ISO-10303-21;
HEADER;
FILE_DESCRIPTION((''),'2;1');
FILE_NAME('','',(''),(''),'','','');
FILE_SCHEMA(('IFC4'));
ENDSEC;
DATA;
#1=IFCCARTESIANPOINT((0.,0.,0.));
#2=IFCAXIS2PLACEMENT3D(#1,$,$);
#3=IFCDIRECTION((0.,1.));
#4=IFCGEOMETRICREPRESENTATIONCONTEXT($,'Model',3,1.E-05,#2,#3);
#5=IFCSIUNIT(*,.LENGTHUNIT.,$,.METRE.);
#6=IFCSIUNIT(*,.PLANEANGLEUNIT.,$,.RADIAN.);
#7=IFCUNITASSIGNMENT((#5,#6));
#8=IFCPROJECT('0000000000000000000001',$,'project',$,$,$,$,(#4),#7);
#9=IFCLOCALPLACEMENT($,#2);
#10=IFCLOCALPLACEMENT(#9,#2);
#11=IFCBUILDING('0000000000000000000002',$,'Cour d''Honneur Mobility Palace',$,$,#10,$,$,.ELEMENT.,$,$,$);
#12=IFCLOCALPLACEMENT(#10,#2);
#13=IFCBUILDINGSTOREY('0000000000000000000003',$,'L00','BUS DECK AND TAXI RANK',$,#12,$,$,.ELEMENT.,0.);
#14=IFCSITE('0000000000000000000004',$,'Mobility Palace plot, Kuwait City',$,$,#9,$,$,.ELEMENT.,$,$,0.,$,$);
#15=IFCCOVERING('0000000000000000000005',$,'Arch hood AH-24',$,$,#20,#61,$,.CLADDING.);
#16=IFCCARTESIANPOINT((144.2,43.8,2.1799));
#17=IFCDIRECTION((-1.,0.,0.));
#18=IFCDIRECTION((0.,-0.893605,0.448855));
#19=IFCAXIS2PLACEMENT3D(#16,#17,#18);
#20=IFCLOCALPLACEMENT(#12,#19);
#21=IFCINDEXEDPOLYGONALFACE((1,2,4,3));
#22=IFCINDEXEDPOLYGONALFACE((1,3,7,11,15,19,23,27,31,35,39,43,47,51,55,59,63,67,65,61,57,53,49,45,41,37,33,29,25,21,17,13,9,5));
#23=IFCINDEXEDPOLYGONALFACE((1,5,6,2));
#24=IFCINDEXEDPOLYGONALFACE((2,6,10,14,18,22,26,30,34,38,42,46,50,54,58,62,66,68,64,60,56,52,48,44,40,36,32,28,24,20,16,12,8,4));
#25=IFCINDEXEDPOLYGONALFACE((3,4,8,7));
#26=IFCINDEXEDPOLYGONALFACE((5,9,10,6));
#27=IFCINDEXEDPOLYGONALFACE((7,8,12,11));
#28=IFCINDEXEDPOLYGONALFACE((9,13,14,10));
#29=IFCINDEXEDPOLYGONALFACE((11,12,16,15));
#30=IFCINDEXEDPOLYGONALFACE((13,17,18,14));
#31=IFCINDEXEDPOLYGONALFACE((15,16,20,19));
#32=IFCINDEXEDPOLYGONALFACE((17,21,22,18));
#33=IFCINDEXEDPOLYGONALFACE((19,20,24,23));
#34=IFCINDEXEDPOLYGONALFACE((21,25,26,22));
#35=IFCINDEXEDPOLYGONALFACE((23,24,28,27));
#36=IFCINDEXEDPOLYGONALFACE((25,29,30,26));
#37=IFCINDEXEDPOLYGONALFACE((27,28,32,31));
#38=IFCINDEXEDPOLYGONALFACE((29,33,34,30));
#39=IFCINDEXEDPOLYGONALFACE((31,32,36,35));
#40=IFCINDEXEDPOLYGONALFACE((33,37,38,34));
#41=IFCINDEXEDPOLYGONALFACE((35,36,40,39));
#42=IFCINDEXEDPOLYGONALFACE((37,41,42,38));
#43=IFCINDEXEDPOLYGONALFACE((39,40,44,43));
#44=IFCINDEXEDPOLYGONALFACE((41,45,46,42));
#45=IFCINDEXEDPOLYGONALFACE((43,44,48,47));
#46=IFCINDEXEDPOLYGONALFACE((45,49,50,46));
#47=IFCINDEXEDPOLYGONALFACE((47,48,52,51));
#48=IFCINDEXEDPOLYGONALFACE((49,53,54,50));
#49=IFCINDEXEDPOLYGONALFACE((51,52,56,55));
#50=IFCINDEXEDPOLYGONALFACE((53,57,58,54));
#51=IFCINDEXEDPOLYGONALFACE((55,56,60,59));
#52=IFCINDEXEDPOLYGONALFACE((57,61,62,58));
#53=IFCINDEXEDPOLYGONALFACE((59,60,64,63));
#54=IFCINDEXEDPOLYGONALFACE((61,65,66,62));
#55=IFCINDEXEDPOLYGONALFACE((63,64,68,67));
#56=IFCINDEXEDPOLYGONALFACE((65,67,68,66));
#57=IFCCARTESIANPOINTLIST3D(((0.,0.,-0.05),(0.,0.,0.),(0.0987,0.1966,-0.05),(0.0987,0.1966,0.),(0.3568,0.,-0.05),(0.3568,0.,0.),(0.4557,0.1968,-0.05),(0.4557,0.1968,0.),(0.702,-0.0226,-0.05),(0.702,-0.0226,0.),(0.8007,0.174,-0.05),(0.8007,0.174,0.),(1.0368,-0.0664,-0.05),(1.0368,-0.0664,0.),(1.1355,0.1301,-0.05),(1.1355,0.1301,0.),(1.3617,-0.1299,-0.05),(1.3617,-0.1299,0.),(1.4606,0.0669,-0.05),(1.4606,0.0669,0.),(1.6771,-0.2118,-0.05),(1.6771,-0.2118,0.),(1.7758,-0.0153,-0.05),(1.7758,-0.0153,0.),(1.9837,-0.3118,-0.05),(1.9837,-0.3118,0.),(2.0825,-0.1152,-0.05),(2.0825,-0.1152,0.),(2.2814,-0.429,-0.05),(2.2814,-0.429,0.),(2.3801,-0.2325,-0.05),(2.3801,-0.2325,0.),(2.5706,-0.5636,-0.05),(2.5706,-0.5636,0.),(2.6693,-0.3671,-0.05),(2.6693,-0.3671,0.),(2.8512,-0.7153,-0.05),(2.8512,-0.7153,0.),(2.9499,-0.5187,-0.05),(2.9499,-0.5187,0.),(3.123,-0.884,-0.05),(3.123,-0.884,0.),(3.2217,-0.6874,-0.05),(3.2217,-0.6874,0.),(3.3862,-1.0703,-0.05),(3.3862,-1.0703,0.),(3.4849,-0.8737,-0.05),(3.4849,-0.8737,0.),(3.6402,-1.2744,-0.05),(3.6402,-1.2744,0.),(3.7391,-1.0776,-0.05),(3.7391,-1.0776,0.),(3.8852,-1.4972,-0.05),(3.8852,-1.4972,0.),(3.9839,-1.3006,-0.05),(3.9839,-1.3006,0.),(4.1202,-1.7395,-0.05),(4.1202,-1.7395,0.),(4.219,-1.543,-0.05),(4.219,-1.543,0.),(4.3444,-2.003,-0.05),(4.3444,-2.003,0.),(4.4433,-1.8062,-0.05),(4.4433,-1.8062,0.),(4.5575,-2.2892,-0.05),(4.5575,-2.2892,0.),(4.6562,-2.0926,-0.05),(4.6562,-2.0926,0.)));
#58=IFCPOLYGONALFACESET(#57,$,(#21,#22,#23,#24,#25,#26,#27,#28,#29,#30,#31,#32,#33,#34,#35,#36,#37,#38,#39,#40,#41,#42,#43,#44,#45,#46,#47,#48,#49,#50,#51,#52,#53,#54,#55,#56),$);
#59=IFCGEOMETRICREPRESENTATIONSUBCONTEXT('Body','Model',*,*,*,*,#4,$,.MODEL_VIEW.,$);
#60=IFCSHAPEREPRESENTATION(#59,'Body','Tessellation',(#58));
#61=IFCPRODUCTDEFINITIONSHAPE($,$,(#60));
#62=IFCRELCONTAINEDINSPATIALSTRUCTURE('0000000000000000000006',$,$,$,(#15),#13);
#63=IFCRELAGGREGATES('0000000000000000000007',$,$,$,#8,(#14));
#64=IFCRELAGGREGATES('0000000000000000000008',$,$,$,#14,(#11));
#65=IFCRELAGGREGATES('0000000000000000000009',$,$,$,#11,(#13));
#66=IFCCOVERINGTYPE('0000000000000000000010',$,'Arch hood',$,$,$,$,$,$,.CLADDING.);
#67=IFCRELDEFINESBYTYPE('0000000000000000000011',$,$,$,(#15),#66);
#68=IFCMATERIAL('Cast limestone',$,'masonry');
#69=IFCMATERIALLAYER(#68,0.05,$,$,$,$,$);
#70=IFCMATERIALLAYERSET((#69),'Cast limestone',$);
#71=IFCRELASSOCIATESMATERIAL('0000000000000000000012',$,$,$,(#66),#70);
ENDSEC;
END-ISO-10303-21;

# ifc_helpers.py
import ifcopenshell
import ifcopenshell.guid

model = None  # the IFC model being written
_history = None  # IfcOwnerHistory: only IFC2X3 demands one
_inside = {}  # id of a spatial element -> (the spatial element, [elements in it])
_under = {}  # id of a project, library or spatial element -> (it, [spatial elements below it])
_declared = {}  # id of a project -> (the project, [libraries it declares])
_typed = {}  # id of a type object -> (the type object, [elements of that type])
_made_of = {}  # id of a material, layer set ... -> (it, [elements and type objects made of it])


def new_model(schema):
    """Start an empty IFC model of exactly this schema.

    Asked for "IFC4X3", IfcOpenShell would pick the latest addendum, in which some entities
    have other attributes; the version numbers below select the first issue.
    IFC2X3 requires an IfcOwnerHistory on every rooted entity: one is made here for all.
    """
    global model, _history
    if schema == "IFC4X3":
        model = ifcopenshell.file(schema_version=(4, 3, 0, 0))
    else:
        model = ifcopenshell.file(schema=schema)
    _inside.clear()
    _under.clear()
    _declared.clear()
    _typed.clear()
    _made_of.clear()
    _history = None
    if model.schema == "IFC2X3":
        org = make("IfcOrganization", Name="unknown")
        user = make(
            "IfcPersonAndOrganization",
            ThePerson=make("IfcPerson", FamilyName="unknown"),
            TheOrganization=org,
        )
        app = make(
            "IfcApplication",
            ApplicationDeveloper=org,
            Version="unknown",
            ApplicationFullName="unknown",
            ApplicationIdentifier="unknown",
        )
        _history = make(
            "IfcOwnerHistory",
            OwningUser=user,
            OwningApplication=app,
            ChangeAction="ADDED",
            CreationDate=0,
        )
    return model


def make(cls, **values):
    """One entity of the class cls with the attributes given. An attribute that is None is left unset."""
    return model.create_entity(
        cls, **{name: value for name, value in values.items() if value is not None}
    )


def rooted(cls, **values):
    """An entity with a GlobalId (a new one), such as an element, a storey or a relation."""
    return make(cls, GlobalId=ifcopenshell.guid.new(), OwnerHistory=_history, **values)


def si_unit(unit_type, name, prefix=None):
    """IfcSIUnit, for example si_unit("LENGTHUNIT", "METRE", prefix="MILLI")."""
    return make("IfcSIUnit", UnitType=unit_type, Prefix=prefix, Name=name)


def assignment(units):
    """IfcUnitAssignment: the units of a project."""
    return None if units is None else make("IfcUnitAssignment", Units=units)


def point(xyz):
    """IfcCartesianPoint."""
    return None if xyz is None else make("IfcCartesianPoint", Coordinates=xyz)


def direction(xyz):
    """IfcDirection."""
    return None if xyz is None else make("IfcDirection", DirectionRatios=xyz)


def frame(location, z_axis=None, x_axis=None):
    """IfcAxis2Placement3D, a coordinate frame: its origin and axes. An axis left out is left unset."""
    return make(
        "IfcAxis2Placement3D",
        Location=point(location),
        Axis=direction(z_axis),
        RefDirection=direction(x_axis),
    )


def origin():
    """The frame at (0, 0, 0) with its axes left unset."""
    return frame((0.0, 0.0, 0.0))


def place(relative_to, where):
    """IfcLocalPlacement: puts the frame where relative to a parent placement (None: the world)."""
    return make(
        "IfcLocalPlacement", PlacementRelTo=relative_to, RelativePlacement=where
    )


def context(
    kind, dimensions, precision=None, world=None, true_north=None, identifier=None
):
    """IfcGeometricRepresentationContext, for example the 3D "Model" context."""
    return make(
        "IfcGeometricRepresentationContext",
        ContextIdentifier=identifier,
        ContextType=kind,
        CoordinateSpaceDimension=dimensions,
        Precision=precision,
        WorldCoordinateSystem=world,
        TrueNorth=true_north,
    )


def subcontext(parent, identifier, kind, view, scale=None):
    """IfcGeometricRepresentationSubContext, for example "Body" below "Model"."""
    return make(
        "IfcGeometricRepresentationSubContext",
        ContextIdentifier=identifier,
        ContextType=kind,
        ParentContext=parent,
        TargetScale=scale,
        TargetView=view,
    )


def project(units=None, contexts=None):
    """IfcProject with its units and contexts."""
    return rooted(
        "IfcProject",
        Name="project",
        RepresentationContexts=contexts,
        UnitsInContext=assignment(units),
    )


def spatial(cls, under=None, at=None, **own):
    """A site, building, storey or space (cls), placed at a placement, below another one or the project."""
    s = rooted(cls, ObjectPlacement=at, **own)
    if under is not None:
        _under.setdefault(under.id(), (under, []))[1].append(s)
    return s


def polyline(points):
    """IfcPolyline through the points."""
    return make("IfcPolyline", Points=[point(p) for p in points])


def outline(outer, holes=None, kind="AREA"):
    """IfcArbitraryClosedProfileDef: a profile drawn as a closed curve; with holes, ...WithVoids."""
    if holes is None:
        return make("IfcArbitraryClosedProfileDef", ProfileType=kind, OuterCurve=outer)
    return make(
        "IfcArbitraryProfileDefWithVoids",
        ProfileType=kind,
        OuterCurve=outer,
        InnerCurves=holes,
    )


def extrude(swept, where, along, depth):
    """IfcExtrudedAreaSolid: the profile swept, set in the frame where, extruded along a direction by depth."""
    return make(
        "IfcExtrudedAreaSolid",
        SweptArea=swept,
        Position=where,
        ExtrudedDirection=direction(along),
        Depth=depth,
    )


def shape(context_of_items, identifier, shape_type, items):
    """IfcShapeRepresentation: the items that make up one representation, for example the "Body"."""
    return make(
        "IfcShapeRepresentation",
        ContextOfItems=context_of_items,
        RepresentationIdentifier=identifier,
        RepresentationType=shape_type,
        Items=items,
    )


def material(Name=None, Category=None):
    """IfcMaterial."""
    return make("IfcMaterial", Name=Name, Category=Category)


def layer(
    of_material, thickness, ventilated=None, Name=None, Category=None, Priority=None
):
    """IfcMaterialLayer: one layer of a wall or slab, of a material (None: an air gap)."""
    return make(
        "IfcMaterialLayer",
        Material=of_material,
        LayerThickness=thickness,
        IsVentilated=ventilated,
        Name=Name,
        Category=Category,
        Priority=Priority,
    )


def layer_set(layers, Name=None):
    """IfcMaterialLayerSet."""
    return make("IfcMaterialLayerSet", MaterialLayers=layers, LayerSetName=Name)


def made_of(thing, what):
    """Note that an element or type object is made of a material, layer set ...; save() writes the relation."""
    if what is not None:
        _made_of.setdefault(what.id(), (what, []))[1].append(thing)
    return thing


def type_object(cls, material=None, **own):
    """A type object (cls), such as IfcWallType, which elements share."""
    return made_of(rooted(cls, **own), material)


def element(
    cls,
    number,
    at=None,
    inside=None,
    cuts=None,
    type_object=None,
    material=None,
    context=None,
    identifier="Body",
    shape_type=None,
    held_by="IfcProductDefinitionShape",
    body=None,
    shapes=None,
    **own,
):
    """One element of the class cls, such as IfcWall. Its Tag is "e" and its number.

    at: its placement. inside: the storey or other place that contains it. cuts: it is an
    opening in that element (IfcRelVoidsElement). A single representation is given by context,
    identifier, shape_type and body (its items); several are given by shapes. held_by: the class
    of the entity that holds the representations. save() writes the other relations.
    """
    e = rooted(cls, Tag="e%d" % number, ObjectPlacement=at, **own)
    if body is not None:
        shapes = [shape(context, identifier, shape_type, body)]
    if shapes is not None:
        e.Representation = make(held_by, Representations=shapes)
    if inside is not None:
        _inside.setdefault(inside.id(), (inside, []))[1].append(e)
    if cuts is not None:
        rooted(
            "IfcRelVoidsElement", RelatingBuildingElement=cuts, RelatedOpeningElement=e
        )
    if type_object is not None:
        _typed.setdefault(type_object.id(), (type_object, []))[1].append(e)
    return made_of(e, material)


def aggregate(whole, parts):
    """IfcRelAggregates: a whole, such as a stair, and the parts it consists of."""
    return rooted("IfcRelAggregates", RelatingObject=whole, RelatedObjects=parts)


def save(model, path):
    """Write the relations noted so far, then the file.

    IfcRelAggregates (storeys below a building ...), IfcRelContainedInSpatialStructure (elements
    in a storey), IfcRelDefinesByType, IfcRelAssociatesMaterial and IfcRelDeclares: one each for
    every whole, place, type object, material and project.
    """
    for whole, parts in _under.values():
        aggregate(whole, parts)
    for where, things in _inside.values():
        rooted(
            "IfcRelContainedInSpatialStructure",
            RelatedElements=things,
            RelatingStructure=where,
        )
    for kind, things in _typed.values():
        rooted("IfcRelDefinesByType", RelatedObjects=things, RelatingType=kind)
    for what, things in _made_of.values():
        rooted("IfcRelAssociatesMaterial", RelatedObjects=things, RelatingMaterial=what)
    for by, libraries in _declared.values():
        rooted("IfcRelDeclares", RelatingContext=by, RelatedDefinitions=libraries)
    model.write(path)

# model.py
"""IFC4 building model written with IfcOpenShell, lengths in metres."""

from ifc_helpers import new_model, si_unit, direction, frame, origin, place, context, subcontext, project, spatial, polyline, outline, extrude, material, layer, layer_set, type_object, element, save


model = new_model("IFC4")

# Units and contexts
model_context = context("Model", 3, precision=1e-05, world=origin(), true_north=direction((0.0, 1.0)))
body_context = subcontext(model_context, "Body", "Model", "MODEL_VIEW")
ifc_project = project(units=[si_unit("LENGTHUNIT", "METRE"), si_unit("PLANEANGLEUNIT", "RADIAN")], contexts=[model_context])

# Site, building, storey
site_placement = place(None, origin())
site = spatial("IfcSite", under=ifc_project, at=site_placement, Name="Mobility Palace plot, Kuwait City", CompositionType="ELEMENT", RefElevation=0.0)
building_placement = place(site_placement, origin())
building = spatial("IfcBuilding", under=site, at=building_placement, Name="Cour d'Honneur Mobility Palace", CompositionType="ELEMENT")
storey_placement = place(building_placement, origin())
storey = spatial("IfcBuildingStorey", under=building, at=storey_placement, Name="L00", Description="BUS DECK AND TAXI RANK", CompositionType="ELEMENT", Elevation=0.0)

# Covering
ifc_material_1 = material(Name="Cast limestone", Category="masonry")
ifc_layer_1 = layer(ifc_material_1, 0.05)
ifc_layer_set_1 = layer_set([ifc_layer_1], Name="Cast limestone")
covering_type_1 = type_object("IfcCoveringType", Name="Arch hood", PredefinedType="CLADDING", material=ifc_layer_set_1)
covering_placement = place(storey_placement, frame((144.2, 43.8, 2.1799), z_axis=(-1.0, 0.0, 0.0), x_axis=(0.0, -0.893605, 0.448855)))
element("IfcCovering", 1, at=covering_placement, inside=storey, type_object=covering_type_1, Name="Arch hood AH-24", PredefinedType="CLADDING", context=body_context, shape_type="SweptSolid", body=[
    extrude(outline(polyline([(0.0, 0.0), (0.3568, 0.0), (0.702, -0.0226), (1.0368, -0.0664), (1.3617, -0.1299), (1.6771, -0.2118), (1.9837, -0.3118), (2.2814, -0.429), (2.5706, -0.5636), (2.8512, -0.7153), (3.123, -0.884), (3.3862, -1.0703), (3.6402, -1.2744), (3.8852, -1.4972), (4.1202, -1.7395), (4.3444, -2.003), (4.5575, -2.2892), (4.6562, -2.0926), (4.4433, -1.8062), (4.219, -1.543), (3.9839, -1.3006), (3.7391, -1.0776), (3.4849, -0.8737), (3.2217, -0.6874), (2.9499, -0.5187), (2.6693, -0.3671), (2.3801, -0.2325), (2.0825, -0.1152), (1.7758, -0.0153), (1.4606, 0.0669), (1.1355, 0.1301), (0.8007, 0.174), (0.4557, 0.1968), (0.0987, 0.1966), (0.0, 0.0)])), origin(), (0.0, 0.0, -1.0), 0.05),
])

save(model, "model.ifc")
